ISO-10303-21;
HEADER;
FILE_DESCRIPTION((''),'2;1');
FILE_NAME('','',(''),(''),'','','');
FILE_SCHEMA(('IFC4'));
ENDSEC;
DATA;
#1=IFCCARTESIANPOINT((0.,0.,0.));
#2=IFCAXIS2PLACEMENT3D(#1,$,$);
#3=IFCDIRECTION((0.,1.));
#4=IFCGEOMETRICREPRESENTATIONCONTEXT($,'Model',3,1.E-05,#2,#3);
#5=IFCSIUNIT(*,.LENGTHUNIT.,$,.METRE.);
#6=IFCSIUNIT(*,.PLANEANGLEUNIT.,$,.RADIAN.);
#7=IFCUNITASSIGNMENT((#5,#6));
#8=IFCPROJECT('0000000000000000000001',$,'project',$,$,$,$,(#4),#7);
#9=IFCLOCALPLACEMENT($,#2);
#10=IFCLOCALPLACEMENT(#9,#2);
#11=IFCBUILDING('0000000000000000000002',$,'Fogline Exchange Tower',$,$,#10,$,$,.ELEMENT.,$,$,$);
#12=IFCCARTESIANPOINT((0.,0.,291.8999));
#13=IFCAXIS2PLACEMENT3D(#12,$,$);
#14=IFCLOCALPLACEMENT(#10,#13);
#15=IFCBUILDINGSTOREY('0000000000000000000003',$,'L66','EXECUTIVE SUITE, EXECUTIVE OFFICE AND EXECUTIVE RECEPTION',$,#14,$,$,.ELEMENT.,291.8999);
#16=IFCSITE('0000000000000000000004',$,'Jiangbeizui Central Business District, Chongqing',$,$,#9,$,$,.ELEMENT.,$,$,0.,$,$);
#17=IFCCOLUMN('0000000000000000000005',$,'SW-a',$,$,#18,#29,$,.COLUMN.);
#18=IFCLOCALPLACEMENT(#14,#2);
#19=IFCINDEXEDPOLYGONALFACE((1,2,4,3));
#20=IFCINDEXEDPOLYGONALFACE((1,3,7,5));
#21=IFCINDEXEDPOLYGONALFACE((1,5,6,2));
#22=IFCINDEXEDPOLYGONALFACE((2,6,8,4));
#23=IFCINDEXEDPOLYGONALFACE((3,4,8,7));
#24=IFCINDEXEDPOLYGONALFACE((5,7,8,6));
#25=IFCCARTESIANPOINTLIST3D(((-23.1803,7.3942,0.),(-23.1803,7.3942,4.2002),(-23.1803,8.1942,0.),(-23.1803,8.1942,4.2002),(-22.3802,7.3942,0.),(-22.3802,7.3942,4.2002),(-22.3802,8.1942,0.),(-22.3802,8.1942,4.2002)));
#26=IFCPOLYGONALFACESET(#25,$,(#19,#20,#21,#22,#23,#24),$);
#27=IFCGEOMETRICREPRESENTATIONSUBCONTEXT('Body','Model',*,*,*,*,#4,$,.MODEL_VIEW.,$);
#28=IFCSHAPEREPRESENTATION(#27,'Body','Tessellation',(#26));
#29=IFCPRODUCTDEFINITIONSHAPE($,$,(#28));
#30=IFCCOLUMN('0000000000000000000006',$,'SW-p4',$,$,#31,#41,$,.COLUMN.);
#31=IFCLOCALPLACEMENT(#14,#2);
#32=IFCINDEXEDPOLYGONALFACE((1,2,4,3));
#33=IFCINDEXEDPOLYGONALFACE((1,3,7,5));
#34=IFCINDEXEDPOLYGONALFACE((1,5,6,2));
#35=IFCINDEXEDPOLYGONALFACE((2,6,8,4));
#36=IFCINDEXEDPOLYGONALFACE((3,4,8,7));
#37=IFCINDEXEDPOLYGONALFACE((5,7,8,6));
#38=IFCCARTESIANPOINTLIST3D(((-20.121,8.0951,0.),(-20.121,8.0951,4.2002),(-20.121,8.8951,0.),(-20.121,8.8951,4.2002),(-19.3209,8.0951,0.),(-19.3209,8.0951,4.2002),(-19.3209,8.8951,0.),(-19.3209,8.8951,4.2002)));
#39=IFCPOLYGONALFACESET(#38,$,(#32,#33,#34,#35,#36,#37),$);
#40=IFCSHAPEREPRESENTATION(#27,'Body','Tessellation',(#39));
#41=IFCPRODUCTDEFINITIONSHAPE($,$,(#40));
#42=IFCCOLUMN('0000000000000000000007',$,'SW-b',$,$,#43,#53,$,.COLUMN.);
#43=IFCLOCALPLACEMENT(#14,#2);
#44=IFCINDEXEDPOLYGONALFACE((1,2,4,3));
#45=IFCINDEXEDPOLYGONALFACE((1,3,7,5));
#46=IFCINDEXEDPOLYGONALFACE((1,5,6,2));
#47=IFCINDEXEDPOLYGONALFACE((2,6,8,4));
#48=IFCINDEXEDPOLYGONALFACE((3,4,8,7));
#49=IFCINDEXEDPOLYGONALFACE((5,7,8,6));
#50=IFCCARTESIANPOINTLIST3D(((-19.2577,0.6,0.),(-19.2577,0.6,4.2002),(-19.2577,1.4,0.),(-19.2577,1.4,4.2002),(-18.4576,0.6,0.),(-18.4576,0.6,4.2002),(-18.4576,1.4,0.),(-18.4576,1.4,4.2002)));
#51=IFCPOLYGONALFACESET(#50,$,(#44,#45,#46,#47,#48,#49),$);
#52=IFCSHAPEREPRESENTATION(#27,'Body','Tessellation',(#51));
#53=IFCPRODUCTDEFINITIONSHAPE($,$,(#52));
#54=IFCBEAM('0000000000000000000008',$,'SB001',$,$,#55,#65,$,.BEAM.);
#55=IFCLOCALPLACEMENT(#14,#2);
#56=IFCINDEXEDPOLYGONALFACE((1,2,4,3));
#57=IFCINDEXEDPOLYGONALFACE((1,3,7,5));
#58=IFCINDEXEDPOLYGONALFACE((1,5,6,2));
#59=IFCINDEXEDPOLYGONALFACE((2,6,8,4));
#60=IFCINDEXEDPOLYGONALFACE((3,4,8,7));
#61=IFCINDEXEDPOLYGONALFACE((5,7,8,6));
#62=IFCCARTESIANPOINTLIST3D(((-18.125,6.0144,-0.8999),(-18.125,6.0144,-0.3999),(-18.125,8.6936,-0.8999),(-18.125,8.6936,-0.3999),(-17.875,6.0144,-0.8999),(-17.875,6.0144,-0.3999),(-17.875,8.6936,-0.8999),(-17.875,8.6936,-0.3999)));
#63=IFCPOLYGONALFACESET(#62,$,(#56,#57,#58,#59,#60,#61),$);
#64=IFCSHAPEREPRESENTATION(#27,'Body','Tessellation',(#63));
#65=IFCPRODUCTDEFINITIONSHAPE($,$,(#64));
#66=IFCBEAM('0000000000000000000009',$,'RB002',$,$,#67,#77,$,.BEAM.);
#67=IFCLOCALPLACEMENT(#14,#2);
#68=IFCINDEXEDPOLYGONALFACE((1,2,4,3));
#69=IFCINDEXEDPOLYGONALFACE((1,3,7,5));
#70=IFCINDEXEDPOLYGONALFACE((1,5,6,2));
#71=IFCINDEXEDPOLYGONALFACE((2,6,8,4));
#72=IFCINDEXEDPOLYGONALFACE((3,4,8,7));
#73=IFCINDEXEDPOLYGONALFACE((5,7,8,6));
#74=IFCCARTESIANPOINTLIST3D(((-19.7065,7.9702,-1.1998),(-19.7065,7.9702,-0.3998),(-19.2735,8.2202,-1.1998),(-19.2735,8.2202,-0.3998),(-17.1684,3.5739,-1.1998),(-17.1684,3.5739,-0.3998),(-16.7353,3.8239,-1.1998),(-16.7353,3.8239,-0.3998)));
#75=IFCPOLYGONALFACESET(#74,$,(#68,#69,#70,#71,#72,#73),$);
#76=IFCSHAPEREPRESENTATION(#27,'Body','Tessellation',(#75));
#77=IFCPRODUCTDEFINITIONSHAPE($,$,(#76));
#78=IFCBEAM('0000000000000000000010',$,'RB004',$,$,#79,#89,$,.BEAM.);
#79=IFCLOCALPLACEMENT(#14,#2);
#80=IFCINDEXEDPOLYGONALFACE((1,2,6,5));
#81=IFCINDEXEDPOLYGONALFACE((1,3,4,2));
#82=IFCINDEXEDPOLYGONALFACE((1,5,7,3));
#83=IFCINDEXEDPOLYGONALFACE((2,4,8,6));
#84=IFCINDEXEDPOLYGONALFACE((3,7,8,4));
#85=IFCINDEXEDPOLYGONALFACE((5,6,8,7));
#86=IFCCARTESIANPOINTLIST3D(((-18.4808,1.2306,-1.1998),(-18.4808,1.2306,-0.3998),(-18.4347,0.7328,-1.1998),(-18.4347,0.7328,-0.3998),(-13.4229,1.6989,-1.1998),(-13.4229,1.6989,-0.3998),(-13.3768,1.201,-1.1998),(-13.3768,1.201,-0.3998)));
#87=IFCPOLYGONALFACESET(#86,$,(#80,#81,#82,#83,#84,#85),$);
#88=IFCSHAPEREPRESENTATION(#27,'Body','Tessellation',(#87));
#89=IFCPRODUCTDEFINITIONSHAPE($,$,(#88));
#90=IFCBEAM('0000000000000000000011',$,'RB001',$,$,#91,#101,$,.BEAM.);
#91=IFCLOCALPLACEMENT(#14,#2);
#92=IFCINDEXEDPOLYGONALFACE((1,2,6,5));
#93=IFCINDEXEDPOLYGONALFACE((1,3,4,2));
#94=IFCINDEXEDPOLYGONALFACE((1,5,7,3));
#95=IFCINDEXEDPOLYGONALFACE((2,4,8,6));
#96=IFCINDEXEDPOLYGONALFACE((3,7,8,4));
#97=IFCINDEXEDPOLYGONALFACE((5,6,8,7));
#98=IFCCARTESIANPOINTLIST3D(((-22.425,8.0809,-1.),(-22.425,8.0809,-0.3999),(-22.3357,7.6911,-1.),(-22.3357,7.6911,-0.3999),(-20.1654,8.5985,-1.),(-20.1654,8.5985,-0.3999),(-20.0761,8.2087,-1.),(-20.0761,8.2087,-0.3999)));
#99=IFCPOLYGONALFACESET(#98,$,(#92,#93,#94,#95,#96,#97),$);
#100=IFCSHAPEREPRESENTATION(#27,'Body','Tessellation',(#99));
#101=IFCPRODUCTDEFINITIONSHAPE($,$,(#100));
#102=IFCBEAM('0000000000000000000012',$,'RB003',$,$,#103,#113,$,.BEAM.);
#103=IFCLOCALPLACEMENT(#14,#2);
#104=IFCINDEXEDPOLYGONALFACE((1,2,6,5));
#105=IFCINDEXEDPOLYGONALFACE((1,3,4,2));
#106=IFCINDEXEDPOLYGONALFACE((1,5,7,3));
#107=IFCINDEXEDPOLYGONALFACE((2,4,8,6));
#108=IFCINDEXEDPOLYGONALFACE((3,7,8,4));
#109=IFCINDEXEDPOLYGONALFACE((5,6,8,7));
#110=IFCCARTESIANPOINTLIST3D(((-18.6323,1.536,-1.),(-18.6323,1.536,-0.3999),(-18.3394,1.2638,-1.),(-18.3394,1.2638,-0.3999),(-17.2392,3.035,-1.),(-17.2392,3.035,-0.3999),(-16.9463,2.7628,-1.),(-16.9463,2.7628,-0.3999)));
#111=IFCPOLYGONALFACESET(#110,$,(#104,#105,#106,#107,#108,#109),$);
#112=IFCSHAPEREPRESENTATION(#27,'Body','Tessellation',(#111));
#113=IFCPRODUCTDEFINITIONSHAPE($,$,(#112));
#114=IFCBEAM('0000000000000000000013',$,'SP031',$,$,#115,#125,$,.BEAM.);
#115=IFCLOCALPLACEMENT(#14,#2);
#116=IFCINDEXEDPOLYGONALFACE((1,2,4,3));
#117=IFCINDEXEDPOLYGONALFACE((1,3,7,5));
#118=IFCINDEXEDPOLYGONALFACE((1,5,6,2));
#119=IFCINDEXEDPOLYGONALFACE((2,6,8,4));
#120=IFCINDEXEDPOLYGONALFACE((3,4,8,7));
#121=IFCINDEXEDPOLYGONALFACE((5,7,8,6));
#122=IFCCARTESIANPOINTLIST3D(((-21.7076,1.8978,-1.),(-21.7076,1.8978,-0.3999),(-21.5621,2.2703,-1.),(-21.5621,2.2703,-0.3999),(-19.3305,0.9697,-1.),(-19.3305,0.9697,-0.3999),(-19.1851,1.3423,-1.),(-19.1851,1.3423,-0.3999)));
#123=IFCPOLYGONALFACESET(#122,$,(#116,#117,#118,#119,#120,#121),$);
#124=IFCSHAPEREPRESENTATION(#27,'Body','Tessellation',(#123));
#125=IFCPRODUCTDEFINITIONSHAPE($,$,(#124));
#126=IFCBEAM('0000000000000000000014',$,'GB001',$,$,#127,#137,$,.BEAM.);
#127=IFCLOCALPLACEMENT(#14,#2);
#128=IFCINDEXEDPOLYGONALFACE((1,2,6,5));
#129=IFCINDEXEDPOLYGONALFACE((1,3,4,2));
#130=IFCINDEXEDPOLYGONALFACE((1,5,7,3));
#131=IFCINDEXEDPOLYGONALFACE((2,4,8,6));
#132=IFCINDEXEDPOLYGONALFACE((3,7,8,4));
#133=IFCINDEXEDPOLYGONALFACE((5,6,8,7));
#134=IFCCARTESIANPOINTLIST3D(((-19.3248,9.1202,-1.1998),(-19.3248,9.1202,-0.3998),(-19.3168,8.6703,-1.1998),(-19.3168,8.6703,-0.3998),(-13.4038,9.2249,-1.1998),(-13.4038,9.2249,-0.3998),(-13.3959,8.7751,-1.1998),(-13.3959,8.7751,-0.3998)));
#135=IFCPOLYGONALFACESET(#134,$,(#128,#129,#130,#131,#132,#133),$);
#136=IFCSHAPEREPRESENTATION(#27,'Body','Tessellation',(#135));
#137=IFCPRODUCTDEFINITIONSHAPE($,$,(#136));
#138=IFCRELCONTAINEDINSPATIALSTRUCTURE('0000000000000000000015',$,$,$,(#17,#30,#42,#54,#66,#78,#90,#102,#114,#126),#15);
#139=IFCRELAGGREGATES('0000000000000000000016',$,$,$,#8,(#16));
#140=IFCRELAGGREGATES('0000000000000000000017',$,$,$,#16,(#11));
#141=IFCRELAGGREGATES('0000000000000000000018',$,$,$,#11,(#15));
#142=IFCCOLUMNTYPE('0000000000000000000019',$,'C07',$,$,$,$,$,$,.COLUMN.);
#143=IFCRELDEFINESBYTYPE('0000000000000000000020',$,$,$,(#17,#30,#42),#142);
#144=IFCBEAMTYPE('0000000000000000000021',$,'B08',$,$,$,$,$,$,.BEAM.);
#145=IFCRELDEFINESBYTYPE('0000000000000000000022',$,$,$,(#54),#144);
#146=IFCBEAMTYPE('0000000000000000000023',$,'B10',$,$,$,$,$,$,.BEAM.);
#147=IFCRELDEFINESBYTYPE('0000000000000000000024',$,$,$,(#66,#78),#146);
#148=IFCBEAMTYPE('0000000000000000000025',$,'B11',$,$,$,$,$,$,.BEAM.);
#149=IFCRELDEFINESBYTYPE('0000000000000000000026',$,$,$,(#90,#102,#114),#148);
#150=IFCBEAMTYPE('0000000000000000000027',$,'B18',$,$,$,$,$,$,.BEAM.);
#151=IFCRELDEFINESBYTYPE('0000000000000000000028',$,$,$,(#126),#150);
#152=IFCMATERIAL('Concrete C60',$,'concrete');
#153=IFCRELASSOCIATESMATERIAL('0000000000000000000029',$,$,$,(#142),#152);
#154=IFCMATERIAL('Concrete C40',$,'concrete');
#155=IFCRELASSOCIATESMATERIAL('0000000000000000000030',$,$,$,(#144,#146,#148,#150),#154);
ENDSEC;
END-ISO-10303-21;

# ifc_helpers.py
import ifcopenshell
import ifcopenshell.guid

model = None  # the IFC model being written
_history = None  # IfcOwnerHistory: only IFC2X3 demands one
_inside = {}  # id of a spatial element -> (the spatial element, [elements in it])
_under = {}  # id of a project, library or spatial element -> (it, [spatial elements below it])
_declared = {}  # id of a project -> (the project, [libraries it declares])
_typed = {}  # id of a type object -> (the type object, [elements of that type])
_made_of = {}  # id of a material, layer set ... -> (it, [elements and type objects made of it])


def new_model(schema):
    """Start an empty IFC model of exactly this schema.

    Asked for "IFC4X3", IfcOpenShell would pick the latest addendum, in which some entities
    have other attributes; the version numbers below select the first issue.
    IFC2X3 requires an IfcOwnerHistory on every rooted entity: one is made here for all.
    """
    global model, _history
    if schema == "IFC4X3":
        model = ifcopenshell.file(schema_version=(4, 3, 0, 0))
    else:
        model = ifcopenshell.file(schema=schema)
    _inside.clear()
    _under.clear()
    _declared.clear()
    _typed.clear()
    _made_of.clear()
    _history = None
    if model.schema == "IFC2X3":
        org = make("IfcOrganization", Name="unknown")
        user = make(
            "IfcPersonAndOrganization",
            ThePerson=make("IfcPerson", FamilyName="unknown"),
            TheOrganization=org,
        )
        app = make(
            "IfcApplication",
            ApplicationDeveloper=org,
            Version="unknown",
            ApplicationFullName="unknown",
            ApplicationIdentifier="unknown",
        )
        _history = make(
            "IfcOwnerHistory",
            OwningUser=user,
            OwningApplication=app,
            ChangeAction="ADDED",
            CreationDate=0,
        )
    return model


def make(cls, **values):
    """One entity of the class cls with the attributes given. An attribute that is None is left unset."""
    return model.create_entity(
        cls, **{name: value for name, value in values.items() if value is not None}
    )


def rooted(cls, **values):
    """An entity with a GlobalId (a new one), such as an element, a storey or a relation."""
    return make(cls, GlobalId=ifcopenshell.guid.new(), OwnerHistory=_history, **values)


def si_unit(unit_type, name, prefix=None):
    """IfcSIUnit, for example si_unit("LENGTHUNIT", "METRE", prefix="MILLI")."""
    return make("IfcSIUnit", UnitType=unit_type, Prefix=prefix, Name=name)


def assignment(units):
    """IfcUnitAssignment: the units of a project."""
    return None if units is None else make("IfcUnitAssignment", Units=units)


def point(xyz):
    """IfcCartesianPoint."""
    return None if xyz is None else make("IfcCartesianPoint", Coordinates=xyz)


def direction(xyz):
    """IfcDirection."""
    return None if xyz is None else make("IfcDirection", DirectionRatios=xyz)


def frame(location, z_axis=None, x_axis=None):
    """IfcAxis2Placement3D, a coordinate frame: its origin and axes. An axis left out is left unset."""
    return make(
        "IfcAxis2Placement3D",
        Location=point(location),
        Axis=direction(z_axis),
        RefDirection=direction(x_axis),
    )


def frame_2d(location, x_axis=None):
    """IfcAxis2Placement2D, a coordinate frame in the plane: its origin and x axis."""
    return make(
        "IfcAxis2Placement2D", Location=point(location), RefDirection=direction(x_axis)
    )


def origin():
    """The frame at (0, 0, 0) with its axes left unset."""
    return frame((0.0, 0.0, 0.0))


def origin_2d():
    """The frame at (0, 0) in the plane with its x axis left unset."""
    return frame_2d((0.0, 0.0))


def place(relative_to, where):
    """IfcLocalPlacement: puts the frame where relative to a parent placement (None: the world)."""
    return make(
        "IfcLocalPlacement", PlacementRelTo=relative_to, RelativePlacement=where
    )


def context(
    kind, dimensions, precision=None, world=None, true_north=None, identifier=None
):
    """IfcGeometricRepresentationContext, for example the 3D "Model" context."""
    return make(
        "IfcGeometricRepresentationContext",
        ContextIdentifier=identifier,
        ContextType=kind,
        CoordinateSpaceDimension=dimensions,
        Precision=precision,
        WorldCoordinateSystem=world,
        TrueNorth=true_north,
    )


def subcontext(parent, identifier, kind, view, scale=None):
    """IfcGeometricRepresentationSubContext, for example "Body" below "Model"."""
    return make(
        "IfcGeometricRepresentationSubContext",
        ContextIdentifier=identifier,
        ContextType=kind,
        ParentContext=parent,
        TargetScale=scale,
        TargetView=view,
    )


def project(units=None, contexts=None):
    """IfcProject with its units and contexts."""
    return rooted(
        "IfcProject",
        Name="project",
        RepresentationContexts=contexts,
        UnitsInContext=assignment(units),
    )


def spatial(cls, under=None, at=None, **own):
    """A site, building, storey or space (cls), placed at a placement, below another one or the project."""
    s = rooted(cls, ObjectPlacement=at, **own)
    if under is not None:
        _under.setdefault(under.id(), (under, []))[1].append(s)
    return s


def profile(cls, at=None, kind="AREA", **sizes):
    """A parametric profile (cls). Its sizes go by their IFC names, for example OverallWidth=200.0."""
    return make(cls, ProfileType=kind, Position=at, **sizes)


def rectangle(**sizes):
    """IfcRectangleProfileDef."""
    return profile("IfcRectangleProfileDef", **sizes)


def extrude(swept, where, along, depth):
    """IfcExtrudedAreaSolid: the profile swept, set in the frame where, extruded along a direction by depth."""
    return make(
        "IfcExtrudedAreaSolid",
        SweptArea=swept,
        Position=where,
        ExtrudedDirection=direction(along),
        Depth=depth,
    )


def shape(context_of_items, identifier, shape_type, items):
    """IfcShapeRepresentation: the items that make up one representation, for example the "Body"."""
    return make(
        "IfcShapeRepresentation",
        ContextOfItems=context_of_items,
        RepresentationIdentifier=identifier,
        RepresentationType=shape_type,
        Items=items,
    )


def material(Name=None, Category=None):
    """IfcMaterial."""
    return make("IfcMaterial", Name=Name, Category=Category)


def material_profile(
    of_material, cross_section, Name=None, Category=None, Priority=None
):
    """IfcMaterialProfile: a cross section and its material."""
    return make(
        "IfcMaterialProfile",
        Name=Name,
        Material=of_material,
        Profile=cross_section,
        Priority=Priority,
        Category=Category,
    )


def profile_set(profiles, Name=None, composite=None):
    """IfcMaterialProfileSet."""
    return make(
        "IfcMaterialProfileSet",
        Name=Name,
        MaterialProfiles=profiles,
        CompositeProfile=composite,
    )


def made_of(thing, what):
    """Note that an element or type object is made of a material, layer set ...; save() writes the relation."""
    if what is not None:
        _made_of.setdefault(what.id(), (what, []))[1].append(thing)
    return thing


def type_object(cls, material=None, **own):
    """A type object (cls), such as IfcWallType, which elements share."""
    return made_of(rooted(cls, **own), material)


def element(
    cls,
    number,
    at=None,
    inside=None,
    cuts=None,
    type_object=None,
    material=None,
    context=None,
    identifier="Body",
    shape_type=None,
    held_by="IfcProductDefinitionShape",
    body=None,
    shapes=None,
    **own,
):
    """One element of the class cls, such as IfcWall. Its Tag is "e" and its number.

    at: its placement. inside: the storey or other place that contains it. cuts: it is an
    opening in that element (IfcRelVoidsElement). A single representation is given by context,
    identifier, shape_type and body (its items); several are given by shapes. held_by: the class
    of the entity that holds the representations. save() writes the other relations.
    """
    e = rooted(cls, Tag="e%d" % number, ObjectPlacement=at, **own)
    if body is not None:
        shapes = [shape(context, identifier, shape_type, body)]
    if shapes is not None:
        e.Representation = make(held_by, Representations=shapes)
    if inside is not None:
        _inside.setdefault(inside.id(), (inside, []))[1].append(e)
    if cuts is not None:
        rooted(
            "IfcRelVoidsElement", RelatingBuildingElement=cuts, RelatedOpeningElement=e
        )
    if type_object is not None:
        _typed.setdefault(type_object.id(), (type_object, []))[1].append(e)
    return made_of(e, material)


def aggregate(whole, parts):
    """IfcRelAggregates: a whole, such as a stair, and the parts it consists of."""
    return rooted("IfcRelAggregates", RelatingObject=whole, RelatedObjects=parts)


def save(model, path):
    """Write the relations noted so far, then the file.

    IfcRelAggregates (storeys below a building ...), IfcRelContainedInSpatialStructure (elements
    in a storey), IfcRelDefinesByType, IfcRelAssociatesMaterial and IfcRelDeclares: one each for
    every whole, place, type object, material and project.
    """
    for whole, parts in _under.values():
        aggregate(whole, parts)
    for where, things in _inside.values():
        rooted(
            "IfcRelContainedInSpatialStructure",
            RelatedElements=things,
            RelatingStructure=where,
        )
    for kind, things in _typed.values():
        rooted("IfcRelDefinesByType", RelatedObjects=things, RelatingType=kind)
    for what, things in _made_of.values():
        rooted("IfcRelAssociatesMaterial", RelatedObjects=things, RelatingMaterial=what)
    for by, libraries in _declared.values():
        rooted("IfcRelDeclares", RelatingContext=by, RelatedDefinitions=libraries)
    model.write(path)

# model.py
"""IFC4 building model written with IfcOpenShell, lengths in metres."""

from ifc_helpers import new_model, si_unit, direction, frame, origin, origin_2d, place, context, subcontext, project, spatial, rectangle, extrude, material, material_profile, profile_set, type_object, element, save


model = new_model("IFC4")

# Units and contexts
model_context = context("Model", 3, precision=1e-05, world=origin(), true_north=direction((0.0, 1.0)))
body_context = subcontext(model_context, "Body", "Model", "MODEL_VIEW")
ifc_project = project(units=[si_unit("LENGTHUNIT", "METRE"), si_unit("PLANEANGLEUNIT", "RADIAN")], contexts=[model_context])

# Site, building, storey
site_placement = place(None, origin())
site = spatial("IfcSite", under=ifc_project, at=site_placement, Name="Jiangbeizui Central Business District, Chongqing", CompositionType="ELEMENT", RefElevation=0.0)
building_placement = place(site_placement, origin())
building = spatial("IfcBuilding", under=site, at=building_placement, Name="Fogline Exchange Tower", CompositionType="ELEMENT")
storey_placement = place(building_placement, frame((0.0, 0.0, 291.8999)))
storey = spatial("IfcBuildingStorey", under=building, at=storey_placement, Name="L66", Description="EXECUTIVE SUITE, EXECUTIVE OFFICE AND EXECUTIVE RECEPTION", CompositionType="ELEMENT", Elevation=291.8999)

# Columns
ifc_material_1 = material(Name="Concrete C60", Category="concrete")
ifc_material_profile_1 = material_profile(ifc_material_1, rectangle(XDim=0.8, YDim=0.8, at=origin_2d()), Name="RC 800x800")
ifc_profile_set_1 = profile_set([ifc_material_profile_1], Name="Concrete C60")
column_type = type_object("IfcColumnType", Name="C07", PredefinedType="COLUMN", material=ifc_profile_set_1)
for number, where, z_axis, x_axis, name in (
    (1, (-22.7803, 7.7942, 0.0), (0.0, 0.0, 1.0), (1.0, 0.0, 0.0), "SW-a"),
    (2, (-19.7209, 8.4951, 0.0), (0.0, 0.0, 1.0), (1.0, 0.0, 0.0), "SW-p4"),
    (3, (-18.8577, 1.0, 0.0), (0.0, 0.0, 1.0), (1.0, 0.0, 0.0), "SW-b"),
):
    element("IfcColumn", number, at=place(storey_placement, frame(where, z_axis=z_axis, x_axis=x_axis)), inside=storey, type_object=column_type, Name=name, PredefinedType="COLUMN", context=body_context, shape_type="SweptSolid", body=[
        extrude(rectangle(XDim=0.8, YDim=0.8, at=origin_2d()), origin(), (0.0, 0.0, 1.0), 4.2002),
    ])

# Beams
ifc_material_2 = material(Name="Concrete C40", Category="concrete")
ifc_material_profile_2 = material_profile(ifc_material_2, rectangle(XDim=0.25, YDim=0.5, at=origin_2d()), Name="RC 250x500")
ifc_profile_set_2 = profile_set([ifc_material_profile_2], Name="Concrete C40")
beam_type_1 = type_object("IfcBeamType", Name="B08", PredefinedType="BEAM", material=ifc_profile_set_2)
beam_1_placement = place(storey_placement, frame((-18.0, 6.0144, -0.6499), z_axis=(0.0, 1.0, 0.0), x_axis=(-1.0, 0.0, 0.0)))
element("IfcBeam", 4, at=beam_1_placement, inside=storey, type_object=beam_type_1, Name="SB001", PredefinedType="BEAM", context=body_context, shape_type="SweptSolid", body=[
    extrude(rectangle(XDim=0.25, YDim=0.5, at=origin_2d()), origin(), (0.0, 0.0, 1.0), 2.6792),
])
ifc_material_profile_3 = material_profile(ifc_material_2, rectangle(XDim=0.5, YDim=0.8, at=origin_2d()), Name="RC 500x800")
ifc_profile_set_3 = profile_set([ifc_material_profile_3], Name="Concrete C40")
beam_type_2 = type_object("IfcBeamType", Name="B10", PredefinedType="BEAM", material=ifc_profile_set_3)
beam_2_placement = place(storey_placement, frame((-19.49, 8.0952, -0.7998), z_axis=(0.499988, -0.866033, 0.0), x_axis=(0.866033, 0.499988, 0.0)))
element("IfcBeam", 5, at=beam_2_placement, inside=storey, type_object=beam_type_2, Name="RB002", PredefinedType="BEAM", context=body_context, shape_type="SweptSolid", body=[
    extrude(rectangle(XDim=0.5, YDim=0.8, at=origin_2d()), origin(), (0.0, 0.0, 1.0), 5.0764),
])
beam_3_placement = place(storey_placement, frame((-18.4578, 0.9817, -0.7998), z_axis=(0.995742, 0.092187, 0.0), x_axis=(-0.092187, 0.995742, 0.0)))
element("IfcBeam", 6, at=beam_3_placement, inside=storey, type_object=beam_type_2, Name="RB004", PredefinedType="BEAM", context=body_context, shape_type="SweptSolid", body=[
    extrude(rectangle(XDim=0.5, YDim=0.8, at=origin_2d()), origin(), (0.0, 0.0, 1.0), 5.0796),
])
ifc_material_profile_4 = material_profile(ifc_material_2, rectangle(XDim=0.3999, YDim=0.6001, at=origin_2d()), Name="RC 400x600")
ifc_profile_set_4 = profile_set([ifc_material_profile_4], Name="Concrete C40")
beam_type_3 = type_object("IfcBeamType", Name="B11", PredefinedType="BEAM", material=ifc_profile_set_4)
beam_4_placement = place(storey_placement, frame((-22.3804, 7.886, -0.7), z_axis=(0.974754, 0.223282, 0.0), x_axis=(-0.223282, 0.974754, 0.0)))
element("IfcBeam", 7, at=beam_4_placement, inside=storey, type_object=beam_type_3, Name="RB001", PredefinedType="BEAM", context=body_context, shape_type="SweptSolid", body=[
    extrude(rectangle(XDim=0.3999, YDim=0.6001, at=origin_2d()), origin(), (0.0, 0.0, 1.0), 2.3181),
])
beam_5_placement = place(storey_placement, frame((-17.0928, 2.8989, -0.7), z_axis=(-0.680744, -0.732521, 0.0), x_axis=(0.732521, -0.680744, 0.0)))
element("IfcBeam", 8, at=beam_5_placement, inside=storey, type_object=beam_type_3, Name="RB003", PredefinedType="BEAM", context=body_context, shape_type="SweptSolid", body=[
    extrude(rectangle(XDim=0.3999, YDim=0.6001, at=origin_2d()), origin(), (0.0, 0.0, 1.0), 2.0464),
])
beam_6_placement = place(storey_placement, frame((-19.2578, 1.156, -0.7), z_axis=(-0.931526, 0.363674, 0.0), x_axis=(-0.363674, -0.931526, 0.0)))
element("IfcBeam", 9, at=beam_6_placement, inside=storey, type_object=beam_type_3, Name="SP031", PredefinedType="BEAM", context=body_context, shape_type="SweptSolid", body=[
    extrude(rectangle(XDim=0.3999, YDim=0.6001, at=origin_2d()), origin(), (0.0, 0.0, 1.0), 2.5518),
])
ifc_material_profile_5 = material_profile(ifc_material_2, rectangle(XDim=0.45, YDim=0.8, at=origin_2d()), Name="RC 450x800")
ifc_profile_set_5 = profile_set([ifc_material_profile_5], Name="Concrete C40")
beam_type_4 = type_object("IfcBeamType", Name="B18", PredefinedType="BEAM", material=ifc_profile_set_5)
beam_7_placement = place(storey_placement, frame((-19.3208, 8.8953, -0.7998), z_axis=(0.999844, 0.017686, 0.0), x_axis=(-0.017686, 0.999844, 0.0)))
element("IfcBeam", 10, at=beam_7_placement, inside=storey, type_object=beam_type_4, Name="GB001", PredefinedType="BEAM", context=body_context, shape_type="SweptSolid", body=[
    extrude(rectangle(XDim=0.45, YDim=0.8, at=origin_2d()), origin(), (0.0, 0.0, 1.0), 5.9219),
])

save(model, "model.ifc")
